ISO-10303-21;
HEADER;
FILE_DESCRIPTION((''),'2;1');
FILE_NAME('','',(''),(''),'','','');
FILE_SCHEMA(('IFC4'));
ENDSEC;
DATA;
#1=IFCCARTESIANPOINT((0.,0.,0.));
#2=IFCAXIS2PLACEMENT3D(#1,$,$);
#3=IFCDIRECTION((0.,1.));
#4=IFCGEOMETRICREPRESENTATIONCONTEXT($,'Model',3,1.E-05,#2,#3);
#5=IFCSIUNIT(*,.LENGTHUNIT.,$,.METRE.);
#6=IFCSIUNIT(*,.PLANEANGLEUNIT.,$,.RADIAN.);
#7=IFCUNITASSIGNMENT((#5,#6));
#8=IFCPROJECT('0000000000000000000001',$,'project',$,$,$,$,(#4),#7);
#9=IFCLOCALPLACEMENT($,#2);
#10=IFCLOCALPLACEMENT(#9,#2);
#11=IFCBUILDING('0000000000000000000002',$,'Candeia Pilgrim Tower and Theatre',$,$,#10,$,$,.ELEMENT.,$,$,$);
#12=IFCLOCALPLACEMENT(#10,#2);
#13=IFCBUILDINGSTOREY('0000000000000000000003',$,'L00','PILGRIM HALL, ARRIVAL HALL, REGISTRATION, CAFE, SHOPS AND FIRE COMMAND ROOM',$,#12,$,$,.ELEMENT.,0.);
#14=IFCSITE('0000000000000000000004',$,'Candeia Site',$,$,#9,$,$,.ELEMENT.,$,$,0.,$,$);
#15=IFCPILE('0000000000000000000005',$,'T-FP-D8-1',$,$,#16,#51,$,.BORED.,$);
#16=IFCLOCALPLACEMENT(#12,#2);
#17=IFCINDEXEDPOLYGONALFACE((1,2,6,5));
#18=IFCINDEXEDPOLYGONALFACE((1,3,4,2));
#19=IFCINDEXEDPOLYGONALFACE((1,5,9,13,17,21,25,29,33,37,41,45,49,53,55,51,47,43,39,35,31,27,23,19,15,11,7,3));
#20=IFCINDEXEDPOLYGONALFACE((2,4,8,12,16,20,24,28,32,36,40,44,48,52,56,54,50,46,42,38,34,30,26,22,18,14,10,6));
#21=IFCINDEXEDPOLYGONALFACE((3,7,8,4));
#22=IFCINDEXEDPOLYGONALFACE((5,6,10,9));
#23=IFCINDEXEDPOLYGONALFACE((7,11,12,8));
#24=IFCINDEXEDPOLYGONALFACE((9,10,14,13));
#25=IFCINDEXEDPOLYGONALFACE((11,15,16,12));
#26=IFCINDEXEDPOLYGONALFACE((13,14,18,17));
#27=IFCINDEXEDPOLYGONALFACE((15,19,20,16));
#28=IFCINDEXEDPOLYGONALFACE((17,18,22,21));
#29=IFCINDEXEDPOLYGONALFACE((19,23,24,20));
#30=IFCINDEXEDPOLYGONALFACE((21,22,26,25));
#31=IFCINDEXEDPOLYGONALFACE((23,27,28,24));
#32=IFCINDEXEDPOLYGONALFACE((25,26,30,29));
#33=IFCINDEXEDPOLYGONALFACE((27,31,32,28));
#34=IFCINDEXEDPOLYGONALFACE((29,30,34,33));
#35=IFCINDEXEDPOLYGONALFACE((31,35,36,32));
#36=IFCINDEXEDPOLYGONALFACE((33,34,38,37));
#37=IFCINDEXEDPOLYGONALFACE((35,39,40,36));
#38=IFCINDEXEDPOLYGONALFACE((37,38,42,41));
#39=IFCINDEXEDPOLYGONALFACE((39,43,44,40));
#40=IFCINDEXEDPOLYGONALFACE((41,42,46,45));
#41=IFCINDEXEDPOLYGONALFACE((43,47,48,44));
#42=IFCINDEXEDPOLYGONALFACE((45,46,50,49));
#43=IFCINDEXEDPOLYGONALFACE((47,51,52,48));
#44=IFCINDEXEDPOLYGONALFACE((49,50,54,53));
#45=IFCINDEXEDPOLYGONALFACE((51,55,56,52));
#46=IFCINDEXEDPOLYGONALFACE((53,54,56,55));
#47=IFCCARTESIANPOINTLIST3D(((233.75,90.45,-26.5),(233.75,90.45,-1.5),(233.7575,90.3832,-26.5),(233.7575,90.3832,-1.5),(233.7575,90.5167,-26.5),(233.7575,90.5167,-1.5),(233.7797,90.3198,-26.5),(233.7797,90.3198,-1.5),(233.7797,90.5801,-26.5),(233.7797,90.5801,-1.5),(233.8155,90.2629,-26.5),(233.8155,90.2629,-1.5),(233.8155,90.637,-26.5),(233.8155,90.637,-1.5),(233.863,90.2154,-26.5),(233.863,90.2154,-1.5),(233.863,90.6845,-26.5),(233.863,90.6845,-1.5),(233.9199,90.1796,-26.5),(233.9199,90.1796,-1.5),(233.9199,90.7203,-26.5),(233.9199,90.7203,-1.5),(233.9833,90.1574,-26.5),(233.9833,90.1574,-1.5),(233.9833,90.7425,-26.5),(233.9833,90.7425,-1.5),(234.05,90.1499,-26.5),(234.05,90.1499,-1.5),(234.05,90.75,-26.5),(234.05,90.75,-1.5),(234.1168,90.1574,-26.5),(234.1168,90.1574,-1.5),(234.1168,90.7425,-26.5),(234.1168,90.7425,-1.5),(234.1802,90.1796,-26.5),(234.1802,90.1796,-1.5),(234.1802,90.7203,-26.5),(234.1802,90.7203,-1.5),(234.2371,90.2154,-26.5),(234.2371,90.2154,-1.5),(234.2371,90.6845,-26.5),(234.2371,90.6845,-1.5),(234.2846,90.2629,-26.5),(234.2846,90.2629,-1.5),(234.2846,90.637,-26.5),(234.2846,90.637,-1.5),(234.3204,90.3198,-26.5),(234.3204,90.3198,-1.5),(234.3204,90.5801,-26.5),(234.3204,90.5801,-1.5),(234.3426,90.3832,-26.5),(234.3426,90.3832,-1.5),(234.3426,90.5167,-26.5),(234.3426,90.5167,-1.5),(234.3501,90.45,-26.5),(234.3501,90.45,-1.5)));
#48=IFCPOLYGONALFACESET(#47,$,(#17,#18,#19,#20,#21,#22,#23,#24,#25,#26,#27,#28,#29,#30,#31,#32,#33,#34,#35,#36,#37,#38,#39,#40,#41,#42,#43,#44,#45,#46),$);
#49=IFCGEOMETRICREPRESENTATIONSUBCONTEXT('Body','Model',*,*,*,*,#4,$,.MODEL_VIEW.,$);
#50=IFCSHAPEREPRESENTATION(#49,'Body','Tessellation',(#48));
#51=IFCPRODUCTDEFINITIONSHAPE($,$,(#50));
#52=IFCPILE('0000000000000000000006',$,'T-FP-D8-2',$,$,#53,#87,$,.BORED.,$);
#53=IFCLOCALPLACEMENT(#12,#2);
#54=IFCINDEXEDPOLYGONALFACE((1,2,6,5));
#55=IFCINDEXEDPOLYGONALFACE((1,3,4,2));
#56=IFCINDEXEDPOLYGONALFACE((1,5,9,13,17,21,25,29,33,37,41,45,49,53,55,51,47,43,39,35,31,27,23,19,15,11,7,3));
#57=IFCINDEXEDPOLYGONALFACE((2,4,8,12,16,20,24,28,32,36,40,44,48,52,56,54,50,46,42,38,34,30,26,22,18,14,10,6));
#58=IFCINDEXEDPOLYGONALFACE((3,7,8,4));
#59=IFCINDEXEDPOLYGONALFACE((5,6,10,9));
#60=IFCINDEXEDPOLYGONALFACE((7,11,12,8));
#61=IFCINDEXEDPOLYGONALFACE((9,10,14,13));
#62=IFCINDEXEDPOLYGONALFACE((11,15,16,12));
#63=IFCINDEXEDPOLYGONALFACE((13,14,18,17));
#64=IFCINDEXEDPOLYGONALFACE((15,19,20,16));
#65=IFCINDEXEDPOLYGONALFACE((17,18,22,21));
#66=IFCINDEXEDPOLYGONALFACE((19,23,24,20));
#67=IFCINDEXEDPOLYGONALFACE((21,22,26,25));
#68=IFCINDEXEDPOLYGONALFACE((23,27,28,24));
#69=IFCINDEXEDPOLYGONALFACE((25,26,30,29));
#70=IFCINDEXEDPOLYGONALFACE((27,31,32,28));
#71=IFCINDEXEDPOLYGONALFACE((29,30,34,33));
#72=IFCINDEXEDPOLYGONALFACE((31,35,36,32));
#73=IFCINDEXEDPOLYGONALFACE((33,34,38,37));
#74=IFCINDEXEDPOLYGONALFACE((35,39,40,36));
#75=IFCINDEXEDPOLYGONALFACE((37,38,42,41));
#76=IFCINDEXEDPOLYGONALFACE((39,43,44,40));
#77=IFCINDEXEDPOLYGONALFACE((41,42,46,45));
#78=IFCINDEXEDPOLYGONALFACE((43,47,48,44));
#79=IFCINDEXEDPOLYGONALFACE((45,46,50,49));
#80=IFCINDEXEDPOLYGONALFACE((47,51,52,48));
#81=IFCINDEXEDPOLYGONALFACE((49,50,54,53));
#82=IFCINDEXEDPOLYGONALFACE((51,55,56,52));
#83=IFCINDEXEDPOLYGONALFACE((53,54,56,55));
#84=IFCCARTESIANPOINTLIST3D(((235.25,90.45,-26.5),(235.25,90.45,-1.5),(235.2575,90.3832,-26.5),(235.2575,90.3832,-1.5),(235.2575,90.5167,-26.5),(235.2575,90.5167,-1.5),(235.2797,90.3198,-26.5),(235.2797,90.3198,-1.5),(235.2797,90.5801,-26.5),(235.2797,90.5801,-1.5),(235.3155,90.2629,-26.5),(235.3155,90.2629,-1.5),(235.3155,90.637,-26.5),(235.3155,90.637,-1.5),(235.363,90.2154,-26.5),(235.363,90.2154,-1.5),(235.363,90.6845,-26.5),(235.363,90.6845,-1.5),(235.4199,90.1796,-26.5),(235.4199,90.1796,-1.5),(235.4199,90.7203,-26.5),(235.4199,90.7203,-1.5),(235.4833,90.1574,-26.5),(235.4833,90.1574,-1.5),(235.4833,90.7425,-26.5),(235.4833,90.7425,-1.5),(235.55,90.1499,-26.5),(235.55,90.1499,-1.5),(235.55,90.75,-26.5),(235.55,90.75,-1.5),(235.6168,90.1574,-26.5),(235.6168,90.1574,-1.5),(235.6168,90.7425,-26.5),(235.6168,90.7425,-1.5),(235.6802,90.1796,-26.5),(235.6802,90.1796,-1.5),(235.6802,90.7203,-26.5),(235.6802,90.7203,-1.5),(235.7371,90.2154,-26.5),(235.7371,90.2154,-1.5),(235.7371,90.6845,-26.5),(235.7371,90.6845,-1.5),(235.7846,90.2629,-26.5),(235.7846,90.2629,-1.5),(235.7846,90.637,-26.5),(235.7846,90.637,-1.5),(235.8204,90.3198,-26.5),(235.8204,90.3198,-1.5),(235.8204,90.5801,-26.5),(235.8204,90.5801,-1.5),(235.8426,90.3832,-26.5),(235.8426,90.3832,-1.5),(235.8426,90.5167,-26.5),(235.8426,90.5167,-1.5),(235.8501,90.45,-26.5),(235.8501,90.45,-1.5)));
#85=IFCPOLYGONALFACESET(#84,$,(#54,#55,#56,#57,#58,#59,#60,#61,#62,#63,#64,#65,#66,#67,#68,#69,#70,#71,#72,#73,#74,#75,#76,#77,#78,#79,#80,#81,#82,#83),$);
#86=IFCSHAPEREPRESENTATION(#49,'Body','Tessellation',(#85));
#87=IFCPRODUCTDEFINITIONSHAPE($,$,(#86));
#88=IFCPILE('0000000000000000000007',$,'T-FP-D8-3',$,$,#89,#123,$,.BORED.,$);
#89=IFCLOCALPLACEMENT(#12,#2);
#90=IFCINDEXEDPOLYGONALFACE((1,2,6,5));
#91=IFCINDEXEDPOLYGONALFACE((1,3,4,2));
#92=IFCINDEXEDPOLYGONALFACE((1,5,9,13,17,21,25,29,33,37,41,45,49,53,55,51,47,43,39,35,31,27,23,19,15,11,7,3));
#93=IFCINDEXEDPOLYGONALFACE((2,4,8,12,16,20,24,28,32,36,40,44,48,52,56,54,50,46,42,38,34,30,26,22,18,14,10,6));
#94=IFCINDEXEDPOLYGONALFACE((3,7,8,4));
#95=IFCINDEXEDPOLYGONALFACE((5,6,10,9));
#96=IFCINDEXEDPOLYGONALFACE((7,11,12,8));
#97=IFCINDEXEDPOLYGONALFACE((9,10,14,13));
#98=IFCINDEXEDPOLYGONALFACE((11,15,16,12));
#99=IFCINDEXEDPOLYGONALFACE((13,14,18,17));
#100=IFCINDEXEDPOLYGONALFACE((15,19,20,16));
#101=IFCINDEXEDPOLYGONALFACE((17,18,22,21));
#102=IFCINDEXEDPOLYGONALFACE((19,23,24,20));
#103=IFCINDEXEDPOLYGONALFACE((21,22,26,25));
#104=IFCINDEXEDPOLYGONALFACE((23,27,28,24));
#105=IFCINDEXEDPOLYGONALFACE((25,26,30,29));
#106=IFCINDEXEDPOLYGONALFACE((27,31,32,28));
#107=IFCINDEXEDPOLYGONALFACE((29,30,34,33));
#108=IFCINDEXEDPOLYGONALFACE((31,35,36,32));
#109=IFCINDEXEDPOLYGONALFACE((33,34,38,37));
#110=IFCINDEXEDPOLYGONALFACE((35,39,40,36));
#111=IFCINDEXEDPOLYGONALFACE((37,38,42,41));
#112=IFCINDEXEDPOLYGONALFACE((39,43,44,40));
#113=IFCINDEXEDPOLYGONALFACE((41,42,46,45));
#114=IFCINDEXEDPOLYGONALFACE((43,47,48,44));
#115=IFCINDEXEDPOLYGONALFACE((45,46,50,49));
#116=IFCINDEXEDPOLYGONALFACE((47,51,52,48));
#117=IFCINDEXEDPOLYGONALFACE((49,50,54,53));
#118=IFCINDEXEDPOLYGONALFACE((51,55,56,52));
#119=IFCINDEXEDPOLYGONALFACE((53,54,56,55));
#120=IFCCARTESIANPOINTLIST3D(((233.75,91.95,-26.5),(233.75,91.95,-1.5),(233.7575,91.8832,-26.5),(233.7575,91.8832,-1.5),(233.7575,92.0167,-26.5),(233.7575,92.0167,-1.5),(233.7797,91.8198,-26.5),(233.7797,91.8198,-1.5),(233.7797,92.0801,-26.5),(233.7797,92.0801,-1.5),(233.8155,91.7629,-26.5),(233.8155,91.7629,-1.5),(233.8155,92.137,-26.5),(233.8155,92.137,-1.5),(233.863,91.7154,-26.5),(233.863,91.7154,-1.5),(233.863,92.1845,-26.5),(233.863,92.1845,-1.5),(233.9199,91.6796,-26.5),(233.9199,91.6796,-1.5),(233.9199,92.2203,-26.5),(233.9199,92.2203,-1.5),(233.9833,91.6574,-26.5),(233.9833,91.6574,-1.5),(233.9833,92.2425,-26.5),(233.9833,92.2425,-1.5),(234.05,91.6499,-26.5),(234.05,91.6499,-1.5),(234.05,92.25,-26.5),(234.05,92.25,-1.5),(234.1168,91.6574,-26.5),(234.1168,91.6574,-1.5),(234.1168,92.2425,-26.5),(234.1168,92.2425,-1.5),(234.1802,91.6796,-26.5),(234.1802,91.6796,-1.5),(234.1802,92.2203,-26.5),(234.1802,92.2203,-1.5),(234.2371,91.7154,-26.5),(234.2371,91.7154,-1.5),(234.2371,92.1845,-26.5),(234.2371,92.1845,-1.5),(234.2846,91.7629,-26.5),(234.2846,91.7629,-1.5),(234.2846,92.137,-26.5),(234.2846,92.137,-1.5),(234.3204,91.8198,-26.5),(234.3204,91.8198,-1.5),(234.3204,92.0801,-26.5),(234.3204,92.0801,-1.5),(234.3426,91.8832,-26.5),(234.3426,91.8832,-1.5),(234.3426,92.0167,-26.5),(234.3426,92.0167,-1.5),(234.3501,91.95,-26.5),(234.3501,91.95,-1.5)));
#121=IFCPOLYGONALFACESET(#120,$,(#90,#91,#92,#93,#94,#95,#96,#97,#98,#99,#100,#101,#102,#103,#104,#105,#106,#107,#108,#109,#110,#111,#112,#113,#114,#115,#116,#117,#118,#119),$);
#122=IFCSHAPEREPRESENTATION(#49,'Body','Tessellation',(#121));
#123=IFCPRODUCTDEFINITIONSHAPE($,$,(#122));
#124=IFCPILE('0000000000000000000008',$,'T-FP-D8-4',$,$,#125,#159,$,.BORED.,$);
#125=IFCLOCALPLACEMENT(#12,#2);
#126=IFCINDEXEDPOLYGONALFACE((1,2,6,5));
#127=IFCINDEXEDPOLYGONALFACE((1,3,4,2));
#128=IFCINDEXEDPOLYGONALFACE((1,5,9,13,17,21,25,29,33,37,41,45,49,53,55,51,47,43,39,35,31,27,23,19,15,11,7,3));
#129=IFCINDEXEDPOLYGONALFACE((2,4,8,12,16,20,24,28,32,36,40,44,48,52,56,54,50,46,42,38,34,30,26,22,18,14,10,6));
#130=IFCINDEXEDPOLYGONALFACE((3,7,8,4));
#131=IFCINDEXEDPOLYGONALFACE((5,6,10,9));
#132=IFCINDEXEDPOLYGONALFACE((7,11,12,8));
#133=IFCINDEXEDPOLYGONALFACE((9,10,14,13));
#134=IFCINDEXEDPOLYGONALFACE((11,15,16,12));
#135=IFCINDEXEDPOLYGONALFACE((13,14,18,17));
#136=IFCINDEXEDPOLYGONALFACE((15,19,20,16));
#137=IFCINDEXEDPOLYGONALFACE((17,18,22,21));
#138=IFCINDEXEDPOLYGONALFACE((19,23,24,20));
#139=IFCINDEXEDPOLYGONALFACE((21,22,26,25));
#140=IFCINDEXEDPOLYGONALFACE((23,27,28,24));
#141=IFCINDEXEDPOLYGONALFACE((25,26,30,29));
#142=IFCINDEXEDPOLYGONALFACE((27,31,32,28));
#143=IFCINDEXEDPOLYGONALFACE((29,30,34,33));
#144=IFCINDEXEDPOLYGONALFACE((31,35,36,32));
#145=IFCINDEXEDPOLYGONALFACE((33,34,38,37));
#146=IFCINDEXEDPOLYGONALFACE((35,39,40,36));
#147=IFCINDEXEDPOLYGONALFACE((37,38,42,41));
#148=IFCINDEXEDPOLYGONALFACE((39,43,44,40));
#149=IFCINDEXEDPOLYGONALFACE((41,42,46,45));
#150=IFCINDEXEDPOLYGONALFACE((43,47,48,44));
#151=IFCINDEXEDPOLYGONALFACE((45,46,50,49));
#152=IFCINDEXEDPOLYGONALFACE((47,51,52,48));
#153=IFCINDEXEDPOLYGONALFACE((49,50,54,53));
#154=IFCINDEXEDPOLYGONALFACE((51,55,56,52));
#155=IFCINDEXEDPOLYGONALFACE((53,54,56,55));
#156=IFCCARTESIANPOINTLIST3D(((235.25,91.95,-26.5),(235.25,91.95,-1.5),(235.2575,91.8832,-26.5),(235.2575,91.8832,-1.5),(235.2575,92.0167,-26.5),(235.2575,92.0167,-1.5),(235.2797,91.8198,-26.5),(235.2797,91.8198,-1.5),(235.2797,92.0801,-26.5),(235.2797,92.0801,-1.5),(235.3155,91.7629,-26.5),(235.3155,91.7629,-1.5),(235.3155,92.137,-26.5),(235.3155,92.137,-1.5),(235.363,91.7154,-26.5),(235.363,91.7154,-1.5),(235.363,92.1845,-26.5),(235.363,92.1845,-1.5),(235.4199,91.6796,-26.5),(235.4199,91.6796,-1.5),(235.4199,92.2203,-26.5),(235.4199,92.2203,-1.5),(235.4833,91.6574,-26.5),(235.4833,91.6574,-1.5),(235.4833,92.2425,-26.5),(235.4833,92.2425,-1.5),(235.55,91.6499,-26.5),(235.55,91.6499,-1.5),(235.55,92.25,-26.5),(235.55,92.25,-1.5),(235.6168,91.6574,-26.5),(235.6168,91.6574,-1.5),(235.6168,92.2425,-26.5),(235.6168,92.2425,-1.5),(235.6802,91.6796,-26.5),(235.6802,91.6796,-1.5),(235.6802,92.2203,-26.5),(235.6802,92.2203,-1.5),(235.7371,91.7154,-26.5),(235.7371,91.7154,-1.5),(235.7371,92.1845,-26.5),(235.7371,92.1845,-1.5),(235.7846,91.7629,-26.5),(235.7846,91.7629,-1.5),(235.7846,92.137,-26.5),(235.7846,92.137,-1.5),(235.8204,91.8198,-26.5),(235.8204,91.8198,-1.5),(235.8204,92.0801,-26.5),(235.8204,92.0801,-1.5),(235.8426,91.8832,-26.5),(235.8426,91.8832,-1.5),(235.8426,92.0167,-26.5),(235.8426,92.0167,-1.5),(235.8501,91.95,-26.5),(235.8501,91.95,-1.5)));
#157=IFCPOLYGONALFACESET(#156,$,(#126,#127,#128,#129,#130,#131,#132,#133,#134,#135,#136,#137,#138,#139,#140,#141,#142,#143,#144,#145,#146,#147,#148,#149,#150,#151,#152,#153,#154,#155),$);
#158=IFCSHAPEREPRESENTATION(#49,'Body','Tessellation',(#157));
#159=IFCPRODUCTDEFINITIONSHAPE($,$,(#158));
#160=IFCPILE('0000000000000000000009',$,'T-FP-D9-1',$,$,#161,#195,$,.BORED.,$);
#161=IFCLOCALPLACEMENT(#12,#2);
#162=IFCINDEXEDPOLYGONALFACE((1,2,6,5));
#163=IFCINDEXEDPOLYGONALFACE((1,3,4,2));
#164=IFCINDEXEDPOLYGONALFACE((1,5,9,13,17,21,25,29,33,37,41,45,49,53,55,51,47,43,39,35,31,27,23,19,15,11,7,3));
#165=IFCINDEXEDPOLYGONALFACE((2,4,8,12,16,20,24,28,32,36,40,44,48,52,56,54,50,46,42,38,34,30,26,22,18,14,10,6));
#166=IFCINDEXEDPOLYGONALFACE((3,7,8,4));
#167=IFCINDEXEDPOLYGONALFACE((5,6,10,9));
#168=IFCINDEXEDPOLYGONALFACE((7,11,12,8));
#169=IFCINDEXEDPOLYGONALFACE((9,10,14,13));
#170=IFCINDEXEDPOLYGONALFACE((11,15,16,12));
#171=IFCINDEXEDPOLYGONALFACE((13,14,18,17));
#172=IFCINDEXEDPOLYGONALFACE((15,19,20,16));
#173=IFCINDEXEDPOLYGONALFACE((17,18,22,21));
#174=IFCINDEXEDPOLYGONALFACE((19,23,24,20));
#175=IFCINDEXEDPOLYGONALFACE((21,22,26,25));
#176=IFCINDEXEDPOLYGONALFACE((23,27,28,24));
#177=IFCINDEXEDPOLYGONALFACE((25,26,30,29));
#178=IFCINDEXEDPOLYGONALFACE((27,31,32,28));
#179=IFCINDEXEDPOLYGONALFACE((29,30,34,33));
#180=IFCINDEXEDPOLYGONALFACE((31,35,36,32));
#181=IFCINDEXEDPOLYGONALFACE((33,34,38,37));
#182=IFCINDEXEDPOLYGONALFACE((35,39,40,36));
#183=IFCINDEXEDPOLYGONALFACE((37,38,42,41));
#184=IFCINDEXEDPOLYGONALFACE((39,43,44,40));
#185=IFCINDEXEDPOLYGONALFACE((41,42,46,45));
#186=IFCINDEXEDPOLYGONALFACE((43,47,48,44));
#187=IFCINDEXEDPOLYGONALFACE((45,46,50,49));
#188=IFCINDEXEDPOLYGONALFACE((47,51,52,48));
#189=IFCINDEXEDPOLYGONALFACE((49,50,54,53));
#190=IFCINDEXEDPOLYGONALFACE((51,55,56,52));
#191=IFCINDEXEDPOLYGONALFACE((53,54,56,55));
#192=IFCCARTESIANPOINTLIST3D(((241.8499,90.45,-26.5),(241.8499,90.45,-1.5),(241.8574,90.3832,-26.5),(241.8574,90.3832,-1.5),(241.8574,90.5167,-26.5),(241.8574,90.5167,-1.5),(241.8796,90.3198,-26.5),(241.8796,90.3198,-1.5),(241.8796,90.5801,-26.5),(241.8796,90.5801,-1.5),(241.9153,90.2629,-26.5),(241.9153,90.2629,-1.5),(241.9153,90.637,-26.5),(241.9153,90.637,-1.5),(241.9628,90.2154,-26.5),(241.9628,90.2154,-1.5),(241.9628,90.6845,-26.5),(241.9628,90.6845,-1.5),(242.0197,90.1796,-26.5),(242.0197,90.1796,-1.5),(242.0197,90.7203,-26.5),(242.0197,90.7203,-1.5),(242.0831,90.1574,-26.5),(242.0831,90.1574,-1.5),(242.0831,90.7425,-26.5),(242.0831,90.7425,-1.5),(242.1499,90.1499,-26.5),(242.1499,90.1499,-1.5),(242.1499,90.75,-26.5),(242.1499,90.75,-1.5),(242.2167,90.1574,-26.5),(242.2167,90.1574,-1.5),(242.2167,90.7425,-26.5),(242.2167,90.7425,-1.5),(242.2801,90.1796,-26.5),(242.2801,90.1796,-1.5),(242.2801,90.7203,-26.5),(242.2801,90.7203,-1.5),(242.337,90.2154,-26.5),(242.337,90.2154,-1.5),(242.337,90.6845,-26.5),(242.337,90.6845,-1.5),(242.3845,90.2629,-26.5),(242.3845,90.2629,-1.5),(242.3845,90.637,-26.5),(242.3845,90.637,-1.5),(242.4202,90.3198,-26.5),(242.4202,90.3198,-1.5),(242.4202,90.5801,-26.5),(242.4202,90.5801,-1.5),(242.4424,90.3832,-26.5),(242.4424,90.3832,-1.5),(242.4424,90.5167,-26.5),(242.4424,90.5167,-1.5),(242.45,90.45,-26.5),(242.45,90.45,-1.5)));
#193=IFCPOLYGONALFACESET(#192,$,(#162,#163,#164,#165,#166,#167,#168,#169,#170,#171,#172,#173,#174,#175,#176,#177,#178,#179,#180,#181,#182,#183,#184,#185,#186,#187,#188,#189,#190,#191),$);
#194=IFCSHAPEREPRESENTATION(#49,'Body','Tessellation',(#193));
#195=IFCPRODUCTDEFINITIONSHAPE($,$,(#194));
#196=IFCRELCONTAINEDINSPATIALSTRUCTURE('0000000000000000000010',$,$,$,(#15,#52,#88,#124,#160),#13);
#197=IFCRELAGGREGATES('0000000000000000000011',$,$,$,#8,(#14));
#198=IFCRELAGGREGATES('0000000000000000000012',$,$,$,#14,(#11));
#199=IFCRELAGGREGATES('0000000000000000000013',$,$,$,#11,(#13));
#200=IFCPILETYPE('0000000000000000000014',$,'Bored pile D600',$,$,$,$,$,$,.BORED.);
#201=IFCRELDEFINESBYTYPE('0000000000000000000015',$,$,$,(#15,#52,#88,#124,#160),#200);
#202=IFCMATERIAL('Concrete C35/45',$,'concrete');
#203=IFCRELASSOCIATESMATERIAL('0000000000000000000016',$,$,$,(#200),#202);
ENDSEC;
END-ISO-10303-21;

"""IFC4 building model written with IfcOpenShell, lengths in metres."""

from ifc_helpers import new_model, si_unit, direction, frame, origin, origin_2d, place, context, subcontext, project, spatial, circle, extrude, material, type_object, element, save


model = new_model("IFC4")

# Units and contexts
model_context = context("Model", 3, precision=1e-05, world=origin(), true_north=direction((0.0, 1.0)))
body_context = subcontext(model_context, "Body", "Model", "MODEL_VIEW")
ifc_project = project(units=[si_unit("LENGTHUNIT", "METRE"), si_unit("PLANEANGLEUNIT", "RADIAN")], contexts=[model_context])

# Site, building, storey
site_placement = place(None, origin())
site = spatial("IfcSite", under=ifc_project, at=site_placement, Name="Candeia Site", CompositionType="ELEMENT", RefElevation=0.0)
building_placement = place(site_placement, origin())
building = spatial("IfcBuilding", under=site, at=building_placement, Name="Candeia Pilgrim Tower and Theatre", CompositionType="ELEMENT")
storey_placement = place(building_placement, origin())
storey = spatial("IfcBuildingStorey", under=building, at=storey_placement, Name="L00", Description="PILGRIM HALL, ARRIVAL HALL, REGISTRATION, CAFE, SHOPS AND FIRE COMMAND ROOM", CompositionType="ELEMENT", Elevation=0.0)

# Piles
ifc_material_1 = material(Name="Concrete C35/45", Category="concrete")
pile_type = type_object("IfcPileType", Name="Bored pile D600", PredefinedType="BORED", material=ifc_material_1)
for number, where, z_axis, x_axis, name in (
    (1, (234.05, 90.45, -1.5), (0.0, 0.0, -1.0), (1.0, 0.0, 0.0), "T-FP-D8-1"),
    (2, (235.55, 90.45, -1.5), (0.0, 0.0, -1.0), (1.0, 0.0, 0.0), "T-FP-D8-2"),
    (3, (234.05, 91.95, -1.5), (0.0, 0.0, -1.0), (1.0, 0.0, 0.0), "T-FP-D8-3"),
    (4, (235.55, 91.95, -1.5), (0.0, 0.0, -1.0), (1.0, 0.0, 0.0), "T-FP-D8-4"),
    (5, (242.1499, 90.45, -1.5), (0.0, 0.0, -1.0), (1.0, 0.0, 0.0), "T-FP-D9-1"),
):
    element("IfcPile", number, at=place(storey_placement, frame(where, z_axis=z_axis, x_axis=x_axis)), inside=storey, type_object=pile_type, Name=name, PredefinedType="BORED", context=body_context, shape_type="SweptSolid", body=[
        extrude(circle(Radius=0.3, at=origin_2d()), origin(), (0.0, 0.0, 1.0), 25.0),
    ])

save(model, "model.ifc")
